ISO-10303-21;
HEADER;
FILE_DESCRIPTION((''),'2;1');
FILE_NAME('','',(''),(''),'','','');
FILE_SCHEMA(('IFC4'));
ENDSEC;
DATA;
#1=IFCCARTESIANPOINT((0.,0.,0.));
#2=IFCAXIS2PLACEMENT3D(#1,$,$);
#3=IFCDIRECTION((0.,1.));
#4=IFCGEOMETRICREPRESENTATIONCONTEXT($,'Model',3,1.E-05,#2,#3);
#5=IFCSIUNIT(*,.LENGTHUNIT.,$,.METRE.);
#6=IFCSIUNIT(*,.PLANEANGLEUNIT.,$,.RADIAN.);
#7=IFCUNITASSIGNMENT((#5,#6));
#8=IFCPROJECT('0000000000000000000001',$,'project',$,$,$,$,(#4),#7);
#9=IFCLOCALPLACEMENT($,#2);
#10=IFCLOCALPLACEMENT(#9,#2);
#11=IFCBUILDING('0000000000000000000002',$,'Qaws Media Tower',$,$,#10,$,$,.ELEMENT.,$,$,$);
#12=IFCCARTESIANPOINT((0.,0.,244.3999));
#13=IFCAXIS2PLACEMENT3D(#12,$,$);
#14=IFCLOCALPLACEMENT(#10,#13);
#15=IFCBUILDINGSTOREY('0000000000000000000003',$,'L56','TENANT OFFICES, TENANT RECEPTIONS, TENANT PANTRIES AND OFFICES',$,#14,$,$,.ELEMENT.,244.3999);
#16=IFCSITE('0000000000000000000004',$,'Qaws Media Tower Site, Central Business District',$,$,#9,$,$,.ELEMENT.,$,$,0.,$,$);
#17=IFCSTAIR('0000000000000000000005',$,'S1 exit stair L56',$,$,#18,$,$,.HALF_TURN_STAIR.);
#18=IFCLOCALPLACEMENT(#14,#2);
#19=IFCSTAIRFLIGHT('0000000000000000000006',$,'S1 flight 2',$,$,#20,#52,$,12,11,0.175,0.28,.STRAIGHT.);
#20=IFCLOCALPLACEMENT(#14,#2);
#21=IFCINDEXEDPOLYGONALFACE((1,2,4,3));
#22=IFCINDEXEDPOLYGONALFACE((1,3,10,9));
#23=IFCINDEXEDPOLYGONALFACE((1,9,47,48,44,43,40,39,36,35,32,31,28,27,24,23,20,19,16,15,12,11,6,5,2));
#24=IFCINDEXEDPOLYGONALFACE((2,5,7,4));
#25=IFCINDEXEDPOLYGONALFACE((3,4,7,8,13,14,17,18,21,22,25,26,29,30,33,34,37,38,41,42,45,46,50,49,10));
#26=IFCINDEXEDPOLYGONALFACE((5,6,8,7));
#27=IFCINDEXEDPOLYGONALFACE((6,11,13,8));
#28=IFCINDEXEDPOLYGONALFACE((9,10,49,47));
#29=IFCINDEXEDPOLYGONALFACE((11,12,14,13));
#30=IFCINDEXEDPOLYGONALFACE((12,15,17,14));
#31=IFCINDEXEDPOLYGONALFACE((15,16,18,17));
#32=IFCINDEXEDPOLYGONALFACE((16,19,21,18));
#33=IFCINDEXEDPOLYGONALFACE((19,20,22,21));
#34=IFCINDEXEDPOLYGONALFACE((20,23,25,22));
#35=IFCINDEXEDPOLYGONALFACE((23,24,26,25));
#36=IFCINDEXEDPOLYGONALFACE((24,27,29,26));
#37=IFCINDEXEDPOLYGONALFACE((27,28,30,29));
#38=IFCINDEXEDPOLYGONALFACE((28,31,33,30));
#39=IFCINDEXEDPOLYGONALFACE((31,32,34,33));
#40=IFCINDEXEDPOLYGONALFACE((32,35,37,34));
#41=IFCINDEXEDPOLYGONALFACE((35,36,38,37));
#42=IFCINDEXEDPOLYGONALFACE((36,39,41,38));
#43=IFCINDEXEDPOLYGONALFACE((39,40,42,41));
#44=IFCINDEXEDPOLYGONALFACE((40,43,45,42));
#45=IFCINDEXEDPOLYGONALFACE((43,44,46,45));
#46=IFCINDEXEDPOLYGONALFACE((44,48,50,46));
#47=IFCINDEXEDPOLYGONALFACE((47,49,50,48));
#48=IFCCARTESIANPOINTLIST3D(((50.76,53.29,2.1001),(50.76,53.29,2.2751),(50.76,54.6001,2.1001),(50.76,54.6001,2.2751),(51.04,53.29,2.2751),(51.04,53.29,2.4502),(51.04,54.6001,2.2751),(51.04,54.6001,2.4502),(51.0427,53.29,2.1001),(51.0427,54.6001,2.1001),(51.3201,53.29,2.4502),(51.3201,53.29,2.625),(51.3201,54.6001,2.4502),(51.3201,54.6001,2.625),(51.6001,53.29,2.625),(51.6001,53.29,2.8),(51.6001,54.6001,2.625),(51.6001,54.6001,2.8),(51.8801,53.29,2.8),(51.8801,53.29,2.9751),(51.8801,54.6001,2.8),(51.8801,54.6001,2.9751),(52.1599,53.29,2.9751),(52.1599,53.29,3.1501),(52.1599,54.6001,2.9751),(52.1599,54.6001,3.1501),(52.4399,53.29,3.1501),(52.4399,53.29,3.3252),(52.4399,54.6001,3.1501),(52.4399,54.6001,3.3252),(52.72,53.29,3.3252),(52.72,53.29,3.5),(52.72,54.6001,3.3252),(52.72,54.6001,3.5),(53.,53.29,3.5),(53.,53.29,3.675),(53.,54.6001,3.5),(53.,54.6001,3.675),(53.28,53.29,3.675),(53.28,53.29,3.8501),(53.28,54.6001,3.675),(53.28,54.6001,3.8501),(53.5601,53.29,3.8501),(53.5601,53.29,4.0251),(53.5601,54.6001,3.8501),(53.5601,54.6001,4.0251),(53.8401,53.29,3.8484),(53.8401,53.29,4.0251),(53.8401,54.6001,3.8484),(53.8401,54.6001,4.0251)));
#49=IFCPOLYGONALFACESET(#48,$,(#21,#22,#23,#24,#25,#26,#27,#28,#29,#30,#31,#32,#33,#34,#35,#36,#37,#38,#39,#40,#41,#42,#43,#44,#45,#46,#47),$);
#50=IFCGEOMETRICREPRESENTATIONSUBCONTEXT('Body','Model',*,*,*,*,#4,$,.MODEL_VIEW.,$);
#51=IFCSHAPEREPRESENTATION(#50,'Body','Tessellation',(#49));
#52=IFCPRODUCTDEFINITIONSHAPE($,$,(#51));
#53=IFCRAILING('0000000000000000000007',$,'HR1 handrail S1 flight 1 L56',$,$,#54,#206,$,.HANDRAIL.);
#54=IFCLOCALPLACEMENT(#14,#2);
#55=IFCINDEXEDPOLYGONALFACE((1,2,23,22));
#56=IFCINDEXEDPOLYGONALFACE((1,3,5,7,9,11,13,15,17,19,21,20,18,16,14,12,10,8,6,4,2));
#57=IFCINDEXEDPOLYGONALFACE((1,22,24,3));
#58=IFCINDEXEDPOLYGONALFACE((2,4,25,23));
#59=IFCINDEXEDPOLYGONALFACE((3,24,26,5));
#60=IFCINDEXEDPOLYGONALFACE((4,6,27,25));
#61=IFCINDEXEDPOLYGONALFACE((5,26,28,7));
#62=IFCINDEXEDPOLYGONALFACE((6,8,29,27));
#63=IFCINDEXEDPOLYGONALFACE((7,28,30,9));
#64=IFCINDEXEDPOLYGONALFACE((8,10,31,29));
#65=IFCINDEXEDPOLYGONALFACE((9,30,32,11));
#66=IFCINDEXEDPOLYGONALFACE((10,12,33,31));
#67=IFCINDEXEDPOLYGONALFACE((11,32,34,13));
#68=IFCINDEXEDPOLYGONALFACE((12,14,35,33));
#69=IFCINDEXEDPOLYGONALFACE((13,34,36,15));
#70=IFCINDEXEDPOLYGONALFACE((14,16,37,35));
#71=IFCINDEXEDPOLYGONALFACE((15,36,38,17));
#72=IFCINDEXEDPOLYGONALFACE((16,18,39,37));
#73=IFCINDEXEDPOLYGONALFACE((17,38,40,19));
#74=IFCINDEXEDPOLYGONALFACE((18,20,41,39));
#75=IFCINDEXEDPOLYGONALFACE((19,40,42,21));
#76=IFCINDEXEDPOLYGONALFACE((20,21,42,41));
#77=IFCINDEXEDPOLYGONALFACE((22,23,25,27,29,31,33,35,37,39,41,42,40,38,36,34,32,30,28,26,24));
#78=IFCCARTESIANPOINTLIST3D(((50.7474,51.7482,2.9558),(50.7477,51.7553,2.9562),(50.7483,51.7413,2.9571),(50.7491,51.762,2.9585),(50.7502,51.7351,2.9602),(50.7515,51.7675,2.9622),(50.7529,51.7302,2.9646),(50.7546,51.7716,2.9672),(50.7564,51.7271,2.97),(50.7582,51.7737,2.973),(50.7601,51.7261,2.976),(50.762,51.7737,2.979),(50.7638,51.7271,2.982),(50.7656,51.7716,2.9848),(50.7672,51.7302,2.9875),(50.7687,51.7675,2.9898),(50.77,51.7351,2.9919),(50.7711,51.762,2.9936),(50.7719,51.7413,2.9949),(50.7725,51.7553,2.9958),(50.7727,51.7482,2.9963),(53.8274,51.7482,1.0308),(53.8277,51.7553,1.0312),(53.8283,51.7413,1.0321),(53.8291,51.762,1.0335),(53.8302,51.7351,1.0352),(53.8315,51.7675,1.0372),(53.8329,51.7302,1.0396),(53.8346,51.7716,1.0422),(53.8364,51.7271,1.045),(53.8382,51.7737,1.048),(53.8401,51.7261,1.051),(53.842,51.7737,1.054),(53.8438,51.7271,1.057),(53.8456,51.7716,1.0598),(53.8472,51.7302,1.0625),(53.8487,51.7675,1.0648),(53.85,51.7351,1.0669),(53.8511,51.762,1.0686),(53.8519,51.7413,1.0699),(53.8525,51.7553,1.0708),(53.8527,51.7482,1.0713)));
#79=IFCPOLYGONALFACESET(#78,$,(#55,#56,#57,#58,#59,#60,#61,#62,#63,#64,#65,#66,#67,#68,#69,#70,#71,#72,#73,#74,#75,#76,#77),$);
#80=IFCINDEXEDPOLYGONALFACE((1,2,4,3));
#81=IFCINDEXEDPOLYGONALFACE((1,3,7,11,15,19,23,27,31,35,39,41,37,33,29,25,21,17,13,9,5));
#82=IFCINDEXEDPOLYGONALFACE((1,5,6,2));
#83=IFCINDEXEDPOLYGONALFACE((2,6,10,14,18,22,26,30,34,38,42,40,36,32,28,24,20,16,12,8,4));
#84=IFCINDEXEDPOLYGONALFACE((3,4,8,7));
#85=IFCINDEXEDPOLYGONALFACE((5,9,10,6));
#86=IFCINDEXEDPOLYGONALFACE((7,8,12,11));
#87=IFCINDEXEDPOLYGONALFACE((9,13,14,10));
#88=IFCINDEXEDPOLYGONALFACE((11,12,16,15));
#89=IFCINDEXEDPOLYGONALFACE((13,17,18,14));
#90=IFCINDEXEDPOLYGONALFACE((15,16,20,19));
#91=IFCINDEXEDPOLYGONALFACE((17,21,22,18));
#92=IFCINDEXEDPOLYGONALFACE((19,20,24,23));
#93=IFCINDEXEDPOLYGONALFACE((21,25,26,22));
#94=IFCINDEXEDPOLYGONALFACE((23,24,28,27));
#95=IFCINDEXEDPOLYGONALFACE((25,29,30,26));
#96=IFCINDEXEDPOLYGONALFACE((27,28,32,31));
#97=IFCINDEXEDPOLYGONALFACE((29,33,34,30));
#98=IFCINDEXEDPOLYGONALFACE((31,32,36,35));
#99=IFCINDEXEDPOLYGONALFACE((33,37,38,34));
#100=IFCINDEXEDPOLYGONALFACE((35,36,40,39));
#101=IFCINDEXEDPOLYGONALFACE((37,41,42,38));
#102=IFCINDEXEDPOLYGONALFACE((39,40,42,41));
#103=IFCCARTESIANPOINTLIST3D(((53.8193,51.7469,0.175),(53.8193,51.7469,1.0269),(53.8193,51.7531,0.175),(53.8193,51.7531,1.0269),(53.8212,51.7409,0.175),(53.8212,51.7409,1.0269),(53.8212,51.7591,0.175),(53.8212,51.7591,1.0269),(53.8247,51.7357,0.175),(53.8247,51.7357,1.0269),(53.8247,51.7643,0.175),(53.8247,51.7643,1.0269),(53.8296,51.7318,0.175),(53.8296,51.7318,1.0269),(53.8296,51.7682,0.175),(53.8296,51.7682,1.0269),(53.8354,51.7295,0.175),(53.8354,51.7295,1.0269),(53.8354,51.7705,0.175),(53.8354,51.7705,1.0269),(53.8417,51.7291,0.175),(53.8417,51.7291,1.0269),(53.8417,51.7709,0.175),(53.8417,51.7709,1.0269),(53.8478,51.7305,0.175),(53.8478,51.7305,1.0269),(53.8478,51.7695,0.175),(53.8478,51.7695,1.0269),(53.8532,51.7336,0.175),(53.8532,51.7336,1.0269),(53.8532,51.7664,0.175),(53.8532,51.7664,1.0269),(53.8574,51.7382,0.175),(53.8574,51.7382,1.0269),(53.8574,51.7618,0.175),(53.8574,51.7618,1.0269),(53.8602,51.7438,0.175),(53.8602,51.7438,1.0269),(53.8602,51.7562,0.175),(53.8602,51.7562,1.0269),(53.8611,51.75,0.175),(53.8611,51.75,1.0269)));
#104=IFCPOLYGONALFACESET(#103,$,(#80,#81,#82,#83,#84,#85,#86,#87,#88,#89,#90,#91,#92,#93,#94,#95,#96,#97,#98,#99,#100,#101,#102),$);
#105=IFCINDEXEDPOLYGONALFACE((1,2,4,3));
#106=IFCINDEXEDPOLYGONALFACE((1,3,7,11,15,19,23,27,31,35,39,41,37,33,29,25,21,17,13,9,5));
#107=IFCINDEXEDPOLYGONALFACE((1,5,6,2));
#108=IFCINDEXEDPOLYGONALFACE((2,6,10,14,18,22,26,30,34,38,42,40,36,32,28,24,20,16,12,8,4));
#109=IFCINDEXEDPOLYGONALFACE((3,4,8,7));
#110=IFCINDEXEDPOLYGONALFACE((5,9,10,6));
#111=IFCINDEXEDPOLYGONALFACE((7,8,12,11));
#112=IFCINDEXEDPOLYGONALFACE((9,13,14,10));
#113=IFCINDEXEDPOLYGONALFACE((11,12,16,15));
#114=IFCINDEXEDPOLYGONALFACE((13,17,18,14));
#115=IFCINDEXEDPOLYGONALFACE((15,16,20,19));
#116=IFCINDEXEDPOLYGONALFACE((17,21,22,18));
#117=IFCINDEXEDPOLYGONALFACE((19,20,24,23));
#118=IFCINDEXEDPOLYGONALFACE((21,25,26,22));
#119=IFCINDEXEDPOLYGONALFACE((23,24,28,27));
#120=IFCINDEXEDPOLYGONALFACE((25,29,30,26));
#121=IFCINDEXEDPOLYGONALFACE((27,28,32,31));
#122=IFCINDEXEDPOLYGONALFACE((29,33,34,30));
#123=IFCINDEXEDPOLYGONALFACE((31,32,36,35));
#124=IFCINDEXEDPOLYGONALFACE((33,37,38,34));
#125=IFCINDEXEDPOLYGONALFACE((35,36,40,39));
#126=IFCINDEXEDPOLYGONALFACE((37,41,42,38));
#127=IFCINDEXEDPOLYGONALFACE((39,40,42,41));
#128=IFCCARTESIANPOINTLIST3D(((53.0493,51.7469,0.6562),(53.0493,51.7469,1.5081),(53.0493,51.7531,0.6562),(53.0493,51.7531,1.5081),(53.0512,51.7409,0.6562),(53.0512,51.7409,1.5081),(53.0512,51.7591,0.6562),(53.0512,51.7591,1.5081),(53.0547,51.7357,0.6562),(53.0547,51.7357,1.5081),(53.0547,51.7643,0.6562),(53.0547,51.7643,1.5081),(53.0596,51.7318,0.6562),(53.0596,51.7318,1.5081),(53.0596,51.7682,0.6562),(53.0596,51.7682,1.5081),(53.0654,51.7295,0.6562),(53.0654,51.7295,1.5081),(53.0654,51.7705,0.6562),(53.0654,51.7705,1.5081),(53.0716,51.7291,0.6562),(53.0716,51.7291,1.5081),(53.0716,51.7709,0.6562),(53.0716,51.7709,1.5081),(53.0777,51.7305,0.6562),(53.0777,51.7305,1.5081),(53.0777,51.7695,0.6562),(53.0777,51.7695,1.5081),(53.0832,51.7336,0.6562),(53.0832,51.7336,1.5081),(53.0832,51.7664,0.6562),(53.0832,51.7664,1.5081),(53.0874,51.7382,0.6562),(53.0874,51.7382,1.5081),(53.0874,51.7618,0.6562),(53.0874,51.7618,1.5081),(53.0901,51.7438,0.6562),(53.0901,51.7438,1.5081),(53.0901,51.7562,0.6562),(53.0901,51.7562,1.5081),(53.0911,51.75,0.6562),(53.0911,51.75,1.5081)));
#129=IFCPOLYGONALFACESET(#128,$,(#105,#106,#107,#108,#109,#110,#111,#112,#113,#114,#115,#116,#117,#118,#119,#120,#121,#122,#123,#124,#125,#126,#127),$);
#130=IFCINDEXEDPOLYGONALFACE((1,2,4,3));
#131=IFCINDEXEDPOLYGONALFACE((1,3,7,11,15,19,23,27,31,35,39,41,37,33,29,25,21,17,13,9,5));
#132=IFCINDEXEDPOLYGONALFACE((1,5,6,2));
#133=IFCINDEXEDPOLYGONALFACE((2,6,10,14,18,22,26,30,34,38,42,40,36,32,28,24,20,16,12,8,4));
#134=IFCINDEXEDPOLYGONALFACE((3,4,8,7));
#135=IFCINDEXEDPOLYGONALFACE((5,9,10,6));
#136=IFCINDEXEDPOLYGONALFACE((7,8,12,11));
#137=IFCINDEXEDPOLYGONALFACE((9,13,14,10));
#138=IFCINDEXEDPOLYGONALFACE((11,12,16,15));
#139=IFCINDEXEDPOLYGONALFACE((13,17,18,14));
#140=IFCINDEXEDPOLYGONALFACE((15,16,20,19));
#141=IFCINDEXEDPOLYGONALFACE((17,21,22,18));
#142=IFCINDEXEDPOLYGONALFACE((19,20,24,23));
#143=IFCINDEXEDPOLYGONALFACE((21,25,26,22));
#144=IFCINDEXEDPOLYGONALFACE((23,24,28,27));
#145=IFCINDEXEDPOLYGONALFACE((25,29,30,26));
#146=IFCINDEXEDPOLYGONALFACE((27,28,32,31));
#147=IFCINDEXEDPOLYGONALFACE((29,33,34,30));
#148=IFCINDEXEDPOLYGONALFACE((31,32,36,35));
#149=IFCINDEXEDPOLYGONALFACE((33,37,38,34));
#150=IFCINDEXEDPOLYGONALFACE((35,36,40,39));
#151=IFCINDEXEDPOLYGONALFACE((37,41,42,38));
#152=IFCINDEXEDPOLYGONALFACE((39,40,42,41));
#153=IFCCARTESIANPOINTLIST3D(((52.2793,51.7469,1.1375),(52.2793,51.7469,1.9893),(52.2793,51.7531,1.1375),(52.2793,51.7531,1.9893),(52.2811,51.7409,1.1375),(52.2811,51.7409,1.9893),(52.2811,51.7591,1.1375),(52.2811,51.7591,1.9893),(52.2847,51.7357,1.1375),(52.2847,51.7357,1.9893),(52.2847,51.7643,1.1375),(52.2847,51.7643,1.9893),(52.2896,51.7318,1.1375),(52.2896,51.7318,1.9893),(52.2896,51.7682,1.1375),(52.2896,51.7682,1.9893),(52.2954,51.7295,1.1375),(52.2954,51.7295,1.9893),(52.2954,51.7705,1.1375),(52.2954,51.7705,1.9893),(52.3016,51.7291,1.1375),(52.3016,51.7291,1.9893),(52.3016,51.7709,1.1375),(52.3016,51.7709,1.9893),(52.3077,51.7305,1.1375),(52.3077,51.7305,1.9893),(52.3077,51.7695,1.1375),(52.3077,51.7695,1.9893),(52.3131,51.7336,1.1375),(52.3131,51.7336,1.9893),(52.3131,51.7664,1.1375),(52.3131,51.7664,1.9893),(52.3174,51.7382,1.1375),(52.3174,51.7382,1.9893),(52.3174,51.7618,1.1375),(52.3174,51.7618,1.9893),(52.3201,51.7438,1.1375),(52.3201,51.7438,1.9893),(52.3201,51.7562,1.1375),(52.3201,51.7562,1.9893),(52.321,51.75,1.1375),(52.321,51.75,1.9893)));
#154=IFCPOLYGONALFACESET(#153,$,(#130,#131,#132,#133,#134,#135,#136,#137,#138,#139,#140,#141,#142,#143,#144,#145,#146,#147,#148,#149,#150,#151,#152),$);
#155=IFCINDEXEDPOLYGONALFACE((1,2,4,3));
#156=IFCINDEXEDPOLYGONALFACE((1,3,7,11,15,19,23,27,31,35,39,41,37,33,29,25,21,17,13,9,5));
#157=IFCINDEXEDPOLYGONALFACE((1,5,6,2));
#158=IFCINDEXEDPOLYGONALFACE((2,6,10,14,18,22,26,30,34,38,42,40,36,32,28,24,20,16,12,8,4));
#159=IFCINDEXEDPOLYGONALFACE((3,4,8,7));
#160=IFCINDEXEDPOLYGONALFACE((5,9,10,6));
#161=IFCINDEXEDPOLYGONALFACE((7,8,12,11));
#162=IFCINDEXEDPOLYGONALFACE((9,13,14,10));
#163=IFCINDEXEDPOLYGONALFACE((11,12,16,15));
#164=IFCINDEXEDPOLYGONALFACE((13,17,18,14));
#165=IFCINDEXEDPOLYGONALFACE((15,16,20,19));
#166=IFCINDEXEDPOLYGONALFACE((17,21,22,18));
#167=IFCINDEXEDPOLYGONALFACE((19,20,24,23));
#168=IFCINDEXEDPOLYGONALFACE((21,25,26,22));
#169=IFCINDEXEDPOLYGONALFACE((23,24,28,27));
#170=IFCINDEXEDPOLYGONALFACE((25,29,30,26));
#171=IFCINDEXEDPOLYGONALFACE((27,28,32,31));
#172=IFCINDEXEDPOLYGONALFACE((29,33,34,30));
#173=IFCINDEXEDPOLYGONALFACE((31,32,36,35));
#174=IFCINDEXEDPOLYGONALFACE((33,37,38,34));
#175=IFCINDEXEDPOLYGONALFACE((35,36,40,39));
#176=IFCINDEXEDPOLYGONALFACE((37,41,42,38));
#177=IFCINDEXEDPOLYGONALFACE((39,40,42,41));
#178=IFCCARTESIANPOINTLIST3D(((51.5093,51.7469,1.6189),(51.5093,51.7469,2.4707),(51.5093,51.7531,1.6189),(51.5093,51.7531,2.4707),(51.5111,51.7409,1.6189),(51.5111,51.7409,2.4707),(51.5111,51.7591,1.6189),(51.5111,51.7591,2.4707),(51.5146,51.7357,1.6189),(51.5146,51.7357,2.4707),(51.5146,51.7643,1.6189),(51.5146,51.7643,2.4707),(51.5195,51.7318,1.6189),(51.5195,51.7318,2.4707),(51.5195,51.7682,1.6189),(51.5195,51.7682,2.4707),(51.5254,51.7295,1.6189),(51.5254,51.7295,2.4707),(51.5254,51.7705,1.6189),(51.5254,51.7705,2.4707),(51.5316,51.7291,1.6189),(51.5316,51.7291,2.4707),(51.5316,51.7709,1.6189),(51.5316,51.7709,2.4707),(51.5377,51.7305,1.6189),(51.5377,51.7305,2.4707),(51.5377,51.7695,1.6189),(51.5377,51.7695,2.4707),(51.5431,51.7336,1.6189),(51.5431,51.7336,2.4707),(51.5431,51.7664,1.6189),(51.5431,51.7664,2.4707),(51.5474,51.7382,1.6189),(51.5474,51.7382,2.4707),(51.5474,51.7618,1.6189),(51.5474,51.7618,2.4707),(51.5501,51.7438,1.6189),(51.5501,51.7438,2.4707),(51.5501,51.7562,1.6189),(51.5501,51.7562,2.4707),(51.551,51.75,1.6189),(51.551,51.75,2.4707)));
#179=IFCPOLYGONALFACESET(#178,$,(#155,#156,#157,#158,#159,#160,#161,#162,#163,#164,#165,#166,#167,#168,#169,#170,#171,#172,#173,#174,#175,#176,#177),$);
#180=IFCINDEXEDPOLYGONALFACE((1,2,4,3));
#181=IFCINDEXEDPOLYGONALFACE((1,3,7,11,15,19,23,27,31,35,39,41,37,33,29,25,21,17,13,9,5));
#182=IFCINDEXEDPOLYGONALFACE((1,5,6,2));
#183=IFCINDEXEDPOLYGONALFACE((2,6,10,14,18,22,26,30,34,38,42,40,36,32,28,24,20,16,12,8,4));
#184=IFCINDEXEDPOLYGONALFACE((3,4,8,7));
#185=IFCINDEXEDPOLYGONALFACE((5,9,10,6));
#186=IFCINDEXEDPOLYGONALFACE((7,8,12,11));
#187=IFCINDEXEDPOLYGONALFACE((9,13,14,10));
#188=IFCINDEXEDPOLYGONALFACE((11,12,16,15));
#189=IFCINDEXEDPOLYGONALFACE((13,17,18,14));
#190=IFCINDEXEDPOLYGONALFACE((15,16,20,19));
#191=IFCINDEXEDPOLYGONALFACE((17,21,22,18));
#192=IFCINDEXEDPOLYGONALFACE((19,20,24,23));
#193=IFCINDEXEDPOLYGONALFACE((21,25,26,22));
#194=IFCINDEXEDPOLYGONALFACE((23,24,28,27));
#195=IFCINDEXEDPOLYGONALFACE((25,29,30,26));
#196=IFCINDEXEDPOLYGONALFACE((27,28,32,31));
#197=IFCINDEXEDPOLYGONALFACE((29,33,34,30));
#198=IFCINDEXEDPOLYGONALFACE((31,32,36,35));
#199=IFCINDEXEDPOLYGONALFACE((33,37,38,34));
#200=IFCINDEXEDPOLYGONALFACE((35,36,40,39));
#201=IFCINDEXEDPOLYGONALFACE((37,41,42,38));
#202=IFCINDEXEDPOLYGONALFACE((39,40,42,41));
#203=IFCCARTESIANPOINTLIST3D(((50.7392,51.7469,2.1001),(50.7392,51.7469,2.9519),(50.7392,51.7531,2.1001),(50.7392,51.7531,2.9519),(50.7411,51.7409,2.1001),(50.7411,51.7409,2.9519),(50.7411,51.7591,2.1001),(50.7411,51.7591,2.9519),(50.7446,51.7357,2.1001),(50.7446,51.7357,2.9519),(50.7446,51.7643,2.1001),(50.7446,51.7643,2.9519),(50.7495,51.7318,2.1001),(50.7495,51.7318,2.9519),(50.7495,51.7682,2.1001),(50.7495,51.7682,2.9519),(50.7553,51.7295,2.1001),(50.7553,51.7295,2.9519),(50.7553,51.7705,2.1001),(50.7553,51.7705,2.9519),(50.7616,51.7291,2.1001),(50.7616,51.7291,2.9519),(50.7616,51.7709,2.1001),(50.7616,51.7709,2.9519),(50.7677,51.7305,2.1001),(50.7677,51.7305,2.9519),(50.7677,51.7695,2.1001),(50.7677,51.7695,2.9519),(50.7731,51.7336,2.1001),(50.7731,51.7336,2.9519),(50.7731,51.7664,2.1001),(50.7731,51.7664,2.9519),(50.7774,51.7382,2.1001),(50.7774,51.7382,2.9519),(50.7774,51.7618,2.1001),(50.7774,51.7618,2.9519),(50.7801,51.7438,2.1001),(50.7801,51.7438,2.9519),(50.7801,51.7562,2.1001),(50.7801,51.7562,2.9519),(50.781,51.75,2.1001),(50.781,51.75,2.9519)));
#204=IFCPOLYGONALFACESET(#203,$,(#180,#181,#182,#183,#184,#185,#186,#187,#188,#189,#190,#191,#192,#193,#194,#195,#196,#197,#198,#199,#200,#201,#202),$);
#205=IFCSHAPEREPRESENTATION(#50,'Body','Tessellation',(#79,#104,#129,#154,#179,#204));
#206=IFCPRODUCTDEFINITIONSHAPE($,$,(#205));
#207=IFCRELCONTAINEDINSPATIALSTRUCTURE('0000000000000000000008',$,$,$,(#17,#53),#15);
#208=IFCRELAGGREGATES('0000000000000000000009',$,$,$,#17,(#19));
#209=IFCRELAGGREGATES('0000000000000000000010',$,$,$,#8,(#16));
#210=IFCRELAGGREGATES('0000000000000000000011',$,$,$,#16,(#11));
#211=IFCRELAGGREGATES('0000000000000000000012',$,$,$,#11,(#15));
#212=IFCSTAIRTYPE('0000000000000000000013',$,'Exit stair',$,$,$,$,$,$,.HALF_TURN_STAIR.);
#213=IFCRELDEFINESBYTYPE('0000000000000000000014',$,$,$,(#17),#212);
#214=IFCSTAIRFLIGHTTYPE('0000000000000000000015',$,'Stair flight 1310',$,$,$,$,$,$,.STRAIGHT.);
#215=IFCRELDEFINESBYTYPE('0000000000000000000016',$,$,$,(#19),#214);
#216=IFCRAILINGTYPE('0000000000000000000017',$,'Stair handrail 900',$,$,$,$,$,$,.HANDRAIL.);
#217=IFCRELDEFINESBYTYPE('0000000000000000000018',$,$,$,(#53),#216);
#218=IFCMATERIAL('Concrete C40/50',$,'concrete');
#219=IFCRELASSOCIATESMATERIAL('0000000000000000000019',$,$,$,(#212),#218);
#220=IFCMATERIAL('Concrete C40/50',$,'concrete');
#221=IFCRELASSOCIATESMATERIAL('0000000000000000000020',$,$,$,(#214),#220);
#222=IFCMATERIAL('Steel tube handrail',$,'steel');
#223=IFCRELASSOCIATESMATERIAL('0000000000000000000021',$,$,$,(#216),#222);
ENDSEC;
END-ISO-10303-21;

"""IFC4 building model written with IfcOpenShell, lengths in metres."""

from ifc_helpers import new_model, si_unit, direction, frame, origin, origin_2d, place, context, subcontext, project, spatial, polyline, circle, outline, extrude, material, type_object, element, aggregate, save


model = new_model("IFC4")

# Units and contexts
model_context = context("Model", 3, precision=1e-05, world=origin(), true_north=direction((0.0, 1.0)))
body_context = subcontext(model_context, "Body", "Model", "MODEL_VIEW")
ifc_project = project(units=[si_unit("LENGTHUNIT", "METRE"), si_unit("PLANEANGLEUNIT", "RADIAN")], contexts=[model_context])

# Site, building, storey
site_placement = place(None, origin())
site = spatial("IfcSite", under=ifc_project, at=site_placement, Name="Qaws Media Tower Site, Central Business District", CompositionType="ELEMENT", RefElevation=0.0)
building_placement = place(site_placement, origin())
building = spatial("IfcBuilding", under=site, at=building_placement, Name="Qaws Media Tower", CompositionType="ELEMENT")
storey_placement = place(building_placement, frame((0.0, 0.0, 244.3999)))
storey = spatial("IfcBuildingStorey", under=building, at=storey_placement, Name="L56", Description="TENANT OFFICES, TENANT RECEPTIONS, TENANT PANTRIES AND OFFICES", CompositionType="ELEMENT", Elevation=244.3999)

# Stair, stair flight
ifc_material_1 = material(Name="Concrete C40/50", Category="concrete")
stair_type = type_object("IfcStairType", Name="Exit stair", PredefinedType="HALF_TURN_STAIR", material=ifc_material_1)
stair_placement = place(storey_placement, origin())
stair = element("IfcStair", 1, at=stair_placement, inside=storey, type_object=stair_type, Name="S1 exit stair L56", PredefinedType="HALF_TURN_STAIR")
ifc_material_2 = material(Name="Concrete C40/50", Category="concrete")
stair_flight_type = type_object("IfcStairFlightType", Name="Stair flight 1310", PredefinedType="STRAIGHT", material=ifc_material_2)
stair_flight_1_placement = place(storey_placement, frame((50.76, 53.9451, 2.1001), z_axis=(0.0, 0.0, 1.0), x_axis=(1.0, 0.0, 0.0)))
stair_flight_1 = element("IfcStairFlight", 2, at=stair_flight_1_placement, type_object=stair_flight_type, Name="S1 flight 2", NumberOfRisers=12, NumberOfTreads=11, PredefinedType="STRAIGHT", RiserHeight=0.175, TreadLength=0.28, context=body_context, shape_type="SweptSolid", body=[
    extrude(outline(polyline([(0.0, 0.0), (0.0, 0.175), (0.28, 0.175), (0.28, 0.3501), (0.5601, 0.3501), (0.5601, 0.5249), (0.8401, 0.5249), (0.8401, 0.7), (1.1201, 0.7), (1.1201, 0.875), (1.3999, 0.875), (1.3999, 1.05), (1.6799, 1.05), (1.6799, 1.2251), (1.96, 1.2251), (1.96, 1.3999), (2.24, 1.3999), (2.24, 1.575), (2.52, 1.575), (2.52, 1.75), (2.8, 1.75), (2.8, 1.925), (3.0801, 1.925), (3.0801, 2.1001), (3.0801, 1.7483), (0.2827, 0.0), (0.0, 0.0)])), frame((0.0, 0.655, 0.0), z_axis=(0.0, -1.0, 0.0), x_axis=(1.0, 0.0, 0.0)), (0.0, 0.0, 1.0), 1.3101),
])
aggregate(stair, [stair_flight_1])

# Railing
ifc_material_3 = material(Name="Steel tube handrail", Category="steel")
railing_type = type_object("IfcRailingType", Name="Stair handrail 900", PredefinedType="HANDRAIL", material=ifc_material_3)
for number, where, name in (
    (3, (53.8401, 51.75, 0.175), "HR1 handrail S1 flight 1 L56"),
):
    element("IfcRailing", number, at=place(storey_placement, frame(where)), inside=storey, type_object=railing_type, Name=name, PredefinedType="HANDRAIL", context=body_context, shape_type="SweptSolid", body=[
        extrude(circle(Radius=0.0239, at=origin_2d()), frame((0.0, 0.0, 0.876), z_axis=(-0.847998, 0.0, 0.529999), x_axis=(0.0, -1.0, 0.0)), (0.0, 0.0, 1.0), 3.6321),
        extrude(circle(Radius=0.021, at=origin_2d()), origin(), (0.0, 0.0, 1.0), 0.8518),
        extrude(circle(Radius=0.021, at=origin_2d()), frame((-0.77, 0.0, 0.4812)), (0.0, 0.0, 1.0), 0.8518),
        extrude(circle(Radius=0.021, at=origin_2d()), frame((-1.54, 0.0, 0.9624)), (0.0, 0.0, 1.0), 0.8518),
        extrude(circle(Radius=0.021, at=origin_2d()), frame((-2.3101, 0.0, 1.4438)), (0.0, 0.0, 1.0), 0.8518),
        extrude(circle(Radius=0.021, at=origin_2d()), frame((-3.0801, 0.0, 1.925)), (0.0, 0.0, 1.0), 0.8518),
    ])

save(model, "model.ifc")
